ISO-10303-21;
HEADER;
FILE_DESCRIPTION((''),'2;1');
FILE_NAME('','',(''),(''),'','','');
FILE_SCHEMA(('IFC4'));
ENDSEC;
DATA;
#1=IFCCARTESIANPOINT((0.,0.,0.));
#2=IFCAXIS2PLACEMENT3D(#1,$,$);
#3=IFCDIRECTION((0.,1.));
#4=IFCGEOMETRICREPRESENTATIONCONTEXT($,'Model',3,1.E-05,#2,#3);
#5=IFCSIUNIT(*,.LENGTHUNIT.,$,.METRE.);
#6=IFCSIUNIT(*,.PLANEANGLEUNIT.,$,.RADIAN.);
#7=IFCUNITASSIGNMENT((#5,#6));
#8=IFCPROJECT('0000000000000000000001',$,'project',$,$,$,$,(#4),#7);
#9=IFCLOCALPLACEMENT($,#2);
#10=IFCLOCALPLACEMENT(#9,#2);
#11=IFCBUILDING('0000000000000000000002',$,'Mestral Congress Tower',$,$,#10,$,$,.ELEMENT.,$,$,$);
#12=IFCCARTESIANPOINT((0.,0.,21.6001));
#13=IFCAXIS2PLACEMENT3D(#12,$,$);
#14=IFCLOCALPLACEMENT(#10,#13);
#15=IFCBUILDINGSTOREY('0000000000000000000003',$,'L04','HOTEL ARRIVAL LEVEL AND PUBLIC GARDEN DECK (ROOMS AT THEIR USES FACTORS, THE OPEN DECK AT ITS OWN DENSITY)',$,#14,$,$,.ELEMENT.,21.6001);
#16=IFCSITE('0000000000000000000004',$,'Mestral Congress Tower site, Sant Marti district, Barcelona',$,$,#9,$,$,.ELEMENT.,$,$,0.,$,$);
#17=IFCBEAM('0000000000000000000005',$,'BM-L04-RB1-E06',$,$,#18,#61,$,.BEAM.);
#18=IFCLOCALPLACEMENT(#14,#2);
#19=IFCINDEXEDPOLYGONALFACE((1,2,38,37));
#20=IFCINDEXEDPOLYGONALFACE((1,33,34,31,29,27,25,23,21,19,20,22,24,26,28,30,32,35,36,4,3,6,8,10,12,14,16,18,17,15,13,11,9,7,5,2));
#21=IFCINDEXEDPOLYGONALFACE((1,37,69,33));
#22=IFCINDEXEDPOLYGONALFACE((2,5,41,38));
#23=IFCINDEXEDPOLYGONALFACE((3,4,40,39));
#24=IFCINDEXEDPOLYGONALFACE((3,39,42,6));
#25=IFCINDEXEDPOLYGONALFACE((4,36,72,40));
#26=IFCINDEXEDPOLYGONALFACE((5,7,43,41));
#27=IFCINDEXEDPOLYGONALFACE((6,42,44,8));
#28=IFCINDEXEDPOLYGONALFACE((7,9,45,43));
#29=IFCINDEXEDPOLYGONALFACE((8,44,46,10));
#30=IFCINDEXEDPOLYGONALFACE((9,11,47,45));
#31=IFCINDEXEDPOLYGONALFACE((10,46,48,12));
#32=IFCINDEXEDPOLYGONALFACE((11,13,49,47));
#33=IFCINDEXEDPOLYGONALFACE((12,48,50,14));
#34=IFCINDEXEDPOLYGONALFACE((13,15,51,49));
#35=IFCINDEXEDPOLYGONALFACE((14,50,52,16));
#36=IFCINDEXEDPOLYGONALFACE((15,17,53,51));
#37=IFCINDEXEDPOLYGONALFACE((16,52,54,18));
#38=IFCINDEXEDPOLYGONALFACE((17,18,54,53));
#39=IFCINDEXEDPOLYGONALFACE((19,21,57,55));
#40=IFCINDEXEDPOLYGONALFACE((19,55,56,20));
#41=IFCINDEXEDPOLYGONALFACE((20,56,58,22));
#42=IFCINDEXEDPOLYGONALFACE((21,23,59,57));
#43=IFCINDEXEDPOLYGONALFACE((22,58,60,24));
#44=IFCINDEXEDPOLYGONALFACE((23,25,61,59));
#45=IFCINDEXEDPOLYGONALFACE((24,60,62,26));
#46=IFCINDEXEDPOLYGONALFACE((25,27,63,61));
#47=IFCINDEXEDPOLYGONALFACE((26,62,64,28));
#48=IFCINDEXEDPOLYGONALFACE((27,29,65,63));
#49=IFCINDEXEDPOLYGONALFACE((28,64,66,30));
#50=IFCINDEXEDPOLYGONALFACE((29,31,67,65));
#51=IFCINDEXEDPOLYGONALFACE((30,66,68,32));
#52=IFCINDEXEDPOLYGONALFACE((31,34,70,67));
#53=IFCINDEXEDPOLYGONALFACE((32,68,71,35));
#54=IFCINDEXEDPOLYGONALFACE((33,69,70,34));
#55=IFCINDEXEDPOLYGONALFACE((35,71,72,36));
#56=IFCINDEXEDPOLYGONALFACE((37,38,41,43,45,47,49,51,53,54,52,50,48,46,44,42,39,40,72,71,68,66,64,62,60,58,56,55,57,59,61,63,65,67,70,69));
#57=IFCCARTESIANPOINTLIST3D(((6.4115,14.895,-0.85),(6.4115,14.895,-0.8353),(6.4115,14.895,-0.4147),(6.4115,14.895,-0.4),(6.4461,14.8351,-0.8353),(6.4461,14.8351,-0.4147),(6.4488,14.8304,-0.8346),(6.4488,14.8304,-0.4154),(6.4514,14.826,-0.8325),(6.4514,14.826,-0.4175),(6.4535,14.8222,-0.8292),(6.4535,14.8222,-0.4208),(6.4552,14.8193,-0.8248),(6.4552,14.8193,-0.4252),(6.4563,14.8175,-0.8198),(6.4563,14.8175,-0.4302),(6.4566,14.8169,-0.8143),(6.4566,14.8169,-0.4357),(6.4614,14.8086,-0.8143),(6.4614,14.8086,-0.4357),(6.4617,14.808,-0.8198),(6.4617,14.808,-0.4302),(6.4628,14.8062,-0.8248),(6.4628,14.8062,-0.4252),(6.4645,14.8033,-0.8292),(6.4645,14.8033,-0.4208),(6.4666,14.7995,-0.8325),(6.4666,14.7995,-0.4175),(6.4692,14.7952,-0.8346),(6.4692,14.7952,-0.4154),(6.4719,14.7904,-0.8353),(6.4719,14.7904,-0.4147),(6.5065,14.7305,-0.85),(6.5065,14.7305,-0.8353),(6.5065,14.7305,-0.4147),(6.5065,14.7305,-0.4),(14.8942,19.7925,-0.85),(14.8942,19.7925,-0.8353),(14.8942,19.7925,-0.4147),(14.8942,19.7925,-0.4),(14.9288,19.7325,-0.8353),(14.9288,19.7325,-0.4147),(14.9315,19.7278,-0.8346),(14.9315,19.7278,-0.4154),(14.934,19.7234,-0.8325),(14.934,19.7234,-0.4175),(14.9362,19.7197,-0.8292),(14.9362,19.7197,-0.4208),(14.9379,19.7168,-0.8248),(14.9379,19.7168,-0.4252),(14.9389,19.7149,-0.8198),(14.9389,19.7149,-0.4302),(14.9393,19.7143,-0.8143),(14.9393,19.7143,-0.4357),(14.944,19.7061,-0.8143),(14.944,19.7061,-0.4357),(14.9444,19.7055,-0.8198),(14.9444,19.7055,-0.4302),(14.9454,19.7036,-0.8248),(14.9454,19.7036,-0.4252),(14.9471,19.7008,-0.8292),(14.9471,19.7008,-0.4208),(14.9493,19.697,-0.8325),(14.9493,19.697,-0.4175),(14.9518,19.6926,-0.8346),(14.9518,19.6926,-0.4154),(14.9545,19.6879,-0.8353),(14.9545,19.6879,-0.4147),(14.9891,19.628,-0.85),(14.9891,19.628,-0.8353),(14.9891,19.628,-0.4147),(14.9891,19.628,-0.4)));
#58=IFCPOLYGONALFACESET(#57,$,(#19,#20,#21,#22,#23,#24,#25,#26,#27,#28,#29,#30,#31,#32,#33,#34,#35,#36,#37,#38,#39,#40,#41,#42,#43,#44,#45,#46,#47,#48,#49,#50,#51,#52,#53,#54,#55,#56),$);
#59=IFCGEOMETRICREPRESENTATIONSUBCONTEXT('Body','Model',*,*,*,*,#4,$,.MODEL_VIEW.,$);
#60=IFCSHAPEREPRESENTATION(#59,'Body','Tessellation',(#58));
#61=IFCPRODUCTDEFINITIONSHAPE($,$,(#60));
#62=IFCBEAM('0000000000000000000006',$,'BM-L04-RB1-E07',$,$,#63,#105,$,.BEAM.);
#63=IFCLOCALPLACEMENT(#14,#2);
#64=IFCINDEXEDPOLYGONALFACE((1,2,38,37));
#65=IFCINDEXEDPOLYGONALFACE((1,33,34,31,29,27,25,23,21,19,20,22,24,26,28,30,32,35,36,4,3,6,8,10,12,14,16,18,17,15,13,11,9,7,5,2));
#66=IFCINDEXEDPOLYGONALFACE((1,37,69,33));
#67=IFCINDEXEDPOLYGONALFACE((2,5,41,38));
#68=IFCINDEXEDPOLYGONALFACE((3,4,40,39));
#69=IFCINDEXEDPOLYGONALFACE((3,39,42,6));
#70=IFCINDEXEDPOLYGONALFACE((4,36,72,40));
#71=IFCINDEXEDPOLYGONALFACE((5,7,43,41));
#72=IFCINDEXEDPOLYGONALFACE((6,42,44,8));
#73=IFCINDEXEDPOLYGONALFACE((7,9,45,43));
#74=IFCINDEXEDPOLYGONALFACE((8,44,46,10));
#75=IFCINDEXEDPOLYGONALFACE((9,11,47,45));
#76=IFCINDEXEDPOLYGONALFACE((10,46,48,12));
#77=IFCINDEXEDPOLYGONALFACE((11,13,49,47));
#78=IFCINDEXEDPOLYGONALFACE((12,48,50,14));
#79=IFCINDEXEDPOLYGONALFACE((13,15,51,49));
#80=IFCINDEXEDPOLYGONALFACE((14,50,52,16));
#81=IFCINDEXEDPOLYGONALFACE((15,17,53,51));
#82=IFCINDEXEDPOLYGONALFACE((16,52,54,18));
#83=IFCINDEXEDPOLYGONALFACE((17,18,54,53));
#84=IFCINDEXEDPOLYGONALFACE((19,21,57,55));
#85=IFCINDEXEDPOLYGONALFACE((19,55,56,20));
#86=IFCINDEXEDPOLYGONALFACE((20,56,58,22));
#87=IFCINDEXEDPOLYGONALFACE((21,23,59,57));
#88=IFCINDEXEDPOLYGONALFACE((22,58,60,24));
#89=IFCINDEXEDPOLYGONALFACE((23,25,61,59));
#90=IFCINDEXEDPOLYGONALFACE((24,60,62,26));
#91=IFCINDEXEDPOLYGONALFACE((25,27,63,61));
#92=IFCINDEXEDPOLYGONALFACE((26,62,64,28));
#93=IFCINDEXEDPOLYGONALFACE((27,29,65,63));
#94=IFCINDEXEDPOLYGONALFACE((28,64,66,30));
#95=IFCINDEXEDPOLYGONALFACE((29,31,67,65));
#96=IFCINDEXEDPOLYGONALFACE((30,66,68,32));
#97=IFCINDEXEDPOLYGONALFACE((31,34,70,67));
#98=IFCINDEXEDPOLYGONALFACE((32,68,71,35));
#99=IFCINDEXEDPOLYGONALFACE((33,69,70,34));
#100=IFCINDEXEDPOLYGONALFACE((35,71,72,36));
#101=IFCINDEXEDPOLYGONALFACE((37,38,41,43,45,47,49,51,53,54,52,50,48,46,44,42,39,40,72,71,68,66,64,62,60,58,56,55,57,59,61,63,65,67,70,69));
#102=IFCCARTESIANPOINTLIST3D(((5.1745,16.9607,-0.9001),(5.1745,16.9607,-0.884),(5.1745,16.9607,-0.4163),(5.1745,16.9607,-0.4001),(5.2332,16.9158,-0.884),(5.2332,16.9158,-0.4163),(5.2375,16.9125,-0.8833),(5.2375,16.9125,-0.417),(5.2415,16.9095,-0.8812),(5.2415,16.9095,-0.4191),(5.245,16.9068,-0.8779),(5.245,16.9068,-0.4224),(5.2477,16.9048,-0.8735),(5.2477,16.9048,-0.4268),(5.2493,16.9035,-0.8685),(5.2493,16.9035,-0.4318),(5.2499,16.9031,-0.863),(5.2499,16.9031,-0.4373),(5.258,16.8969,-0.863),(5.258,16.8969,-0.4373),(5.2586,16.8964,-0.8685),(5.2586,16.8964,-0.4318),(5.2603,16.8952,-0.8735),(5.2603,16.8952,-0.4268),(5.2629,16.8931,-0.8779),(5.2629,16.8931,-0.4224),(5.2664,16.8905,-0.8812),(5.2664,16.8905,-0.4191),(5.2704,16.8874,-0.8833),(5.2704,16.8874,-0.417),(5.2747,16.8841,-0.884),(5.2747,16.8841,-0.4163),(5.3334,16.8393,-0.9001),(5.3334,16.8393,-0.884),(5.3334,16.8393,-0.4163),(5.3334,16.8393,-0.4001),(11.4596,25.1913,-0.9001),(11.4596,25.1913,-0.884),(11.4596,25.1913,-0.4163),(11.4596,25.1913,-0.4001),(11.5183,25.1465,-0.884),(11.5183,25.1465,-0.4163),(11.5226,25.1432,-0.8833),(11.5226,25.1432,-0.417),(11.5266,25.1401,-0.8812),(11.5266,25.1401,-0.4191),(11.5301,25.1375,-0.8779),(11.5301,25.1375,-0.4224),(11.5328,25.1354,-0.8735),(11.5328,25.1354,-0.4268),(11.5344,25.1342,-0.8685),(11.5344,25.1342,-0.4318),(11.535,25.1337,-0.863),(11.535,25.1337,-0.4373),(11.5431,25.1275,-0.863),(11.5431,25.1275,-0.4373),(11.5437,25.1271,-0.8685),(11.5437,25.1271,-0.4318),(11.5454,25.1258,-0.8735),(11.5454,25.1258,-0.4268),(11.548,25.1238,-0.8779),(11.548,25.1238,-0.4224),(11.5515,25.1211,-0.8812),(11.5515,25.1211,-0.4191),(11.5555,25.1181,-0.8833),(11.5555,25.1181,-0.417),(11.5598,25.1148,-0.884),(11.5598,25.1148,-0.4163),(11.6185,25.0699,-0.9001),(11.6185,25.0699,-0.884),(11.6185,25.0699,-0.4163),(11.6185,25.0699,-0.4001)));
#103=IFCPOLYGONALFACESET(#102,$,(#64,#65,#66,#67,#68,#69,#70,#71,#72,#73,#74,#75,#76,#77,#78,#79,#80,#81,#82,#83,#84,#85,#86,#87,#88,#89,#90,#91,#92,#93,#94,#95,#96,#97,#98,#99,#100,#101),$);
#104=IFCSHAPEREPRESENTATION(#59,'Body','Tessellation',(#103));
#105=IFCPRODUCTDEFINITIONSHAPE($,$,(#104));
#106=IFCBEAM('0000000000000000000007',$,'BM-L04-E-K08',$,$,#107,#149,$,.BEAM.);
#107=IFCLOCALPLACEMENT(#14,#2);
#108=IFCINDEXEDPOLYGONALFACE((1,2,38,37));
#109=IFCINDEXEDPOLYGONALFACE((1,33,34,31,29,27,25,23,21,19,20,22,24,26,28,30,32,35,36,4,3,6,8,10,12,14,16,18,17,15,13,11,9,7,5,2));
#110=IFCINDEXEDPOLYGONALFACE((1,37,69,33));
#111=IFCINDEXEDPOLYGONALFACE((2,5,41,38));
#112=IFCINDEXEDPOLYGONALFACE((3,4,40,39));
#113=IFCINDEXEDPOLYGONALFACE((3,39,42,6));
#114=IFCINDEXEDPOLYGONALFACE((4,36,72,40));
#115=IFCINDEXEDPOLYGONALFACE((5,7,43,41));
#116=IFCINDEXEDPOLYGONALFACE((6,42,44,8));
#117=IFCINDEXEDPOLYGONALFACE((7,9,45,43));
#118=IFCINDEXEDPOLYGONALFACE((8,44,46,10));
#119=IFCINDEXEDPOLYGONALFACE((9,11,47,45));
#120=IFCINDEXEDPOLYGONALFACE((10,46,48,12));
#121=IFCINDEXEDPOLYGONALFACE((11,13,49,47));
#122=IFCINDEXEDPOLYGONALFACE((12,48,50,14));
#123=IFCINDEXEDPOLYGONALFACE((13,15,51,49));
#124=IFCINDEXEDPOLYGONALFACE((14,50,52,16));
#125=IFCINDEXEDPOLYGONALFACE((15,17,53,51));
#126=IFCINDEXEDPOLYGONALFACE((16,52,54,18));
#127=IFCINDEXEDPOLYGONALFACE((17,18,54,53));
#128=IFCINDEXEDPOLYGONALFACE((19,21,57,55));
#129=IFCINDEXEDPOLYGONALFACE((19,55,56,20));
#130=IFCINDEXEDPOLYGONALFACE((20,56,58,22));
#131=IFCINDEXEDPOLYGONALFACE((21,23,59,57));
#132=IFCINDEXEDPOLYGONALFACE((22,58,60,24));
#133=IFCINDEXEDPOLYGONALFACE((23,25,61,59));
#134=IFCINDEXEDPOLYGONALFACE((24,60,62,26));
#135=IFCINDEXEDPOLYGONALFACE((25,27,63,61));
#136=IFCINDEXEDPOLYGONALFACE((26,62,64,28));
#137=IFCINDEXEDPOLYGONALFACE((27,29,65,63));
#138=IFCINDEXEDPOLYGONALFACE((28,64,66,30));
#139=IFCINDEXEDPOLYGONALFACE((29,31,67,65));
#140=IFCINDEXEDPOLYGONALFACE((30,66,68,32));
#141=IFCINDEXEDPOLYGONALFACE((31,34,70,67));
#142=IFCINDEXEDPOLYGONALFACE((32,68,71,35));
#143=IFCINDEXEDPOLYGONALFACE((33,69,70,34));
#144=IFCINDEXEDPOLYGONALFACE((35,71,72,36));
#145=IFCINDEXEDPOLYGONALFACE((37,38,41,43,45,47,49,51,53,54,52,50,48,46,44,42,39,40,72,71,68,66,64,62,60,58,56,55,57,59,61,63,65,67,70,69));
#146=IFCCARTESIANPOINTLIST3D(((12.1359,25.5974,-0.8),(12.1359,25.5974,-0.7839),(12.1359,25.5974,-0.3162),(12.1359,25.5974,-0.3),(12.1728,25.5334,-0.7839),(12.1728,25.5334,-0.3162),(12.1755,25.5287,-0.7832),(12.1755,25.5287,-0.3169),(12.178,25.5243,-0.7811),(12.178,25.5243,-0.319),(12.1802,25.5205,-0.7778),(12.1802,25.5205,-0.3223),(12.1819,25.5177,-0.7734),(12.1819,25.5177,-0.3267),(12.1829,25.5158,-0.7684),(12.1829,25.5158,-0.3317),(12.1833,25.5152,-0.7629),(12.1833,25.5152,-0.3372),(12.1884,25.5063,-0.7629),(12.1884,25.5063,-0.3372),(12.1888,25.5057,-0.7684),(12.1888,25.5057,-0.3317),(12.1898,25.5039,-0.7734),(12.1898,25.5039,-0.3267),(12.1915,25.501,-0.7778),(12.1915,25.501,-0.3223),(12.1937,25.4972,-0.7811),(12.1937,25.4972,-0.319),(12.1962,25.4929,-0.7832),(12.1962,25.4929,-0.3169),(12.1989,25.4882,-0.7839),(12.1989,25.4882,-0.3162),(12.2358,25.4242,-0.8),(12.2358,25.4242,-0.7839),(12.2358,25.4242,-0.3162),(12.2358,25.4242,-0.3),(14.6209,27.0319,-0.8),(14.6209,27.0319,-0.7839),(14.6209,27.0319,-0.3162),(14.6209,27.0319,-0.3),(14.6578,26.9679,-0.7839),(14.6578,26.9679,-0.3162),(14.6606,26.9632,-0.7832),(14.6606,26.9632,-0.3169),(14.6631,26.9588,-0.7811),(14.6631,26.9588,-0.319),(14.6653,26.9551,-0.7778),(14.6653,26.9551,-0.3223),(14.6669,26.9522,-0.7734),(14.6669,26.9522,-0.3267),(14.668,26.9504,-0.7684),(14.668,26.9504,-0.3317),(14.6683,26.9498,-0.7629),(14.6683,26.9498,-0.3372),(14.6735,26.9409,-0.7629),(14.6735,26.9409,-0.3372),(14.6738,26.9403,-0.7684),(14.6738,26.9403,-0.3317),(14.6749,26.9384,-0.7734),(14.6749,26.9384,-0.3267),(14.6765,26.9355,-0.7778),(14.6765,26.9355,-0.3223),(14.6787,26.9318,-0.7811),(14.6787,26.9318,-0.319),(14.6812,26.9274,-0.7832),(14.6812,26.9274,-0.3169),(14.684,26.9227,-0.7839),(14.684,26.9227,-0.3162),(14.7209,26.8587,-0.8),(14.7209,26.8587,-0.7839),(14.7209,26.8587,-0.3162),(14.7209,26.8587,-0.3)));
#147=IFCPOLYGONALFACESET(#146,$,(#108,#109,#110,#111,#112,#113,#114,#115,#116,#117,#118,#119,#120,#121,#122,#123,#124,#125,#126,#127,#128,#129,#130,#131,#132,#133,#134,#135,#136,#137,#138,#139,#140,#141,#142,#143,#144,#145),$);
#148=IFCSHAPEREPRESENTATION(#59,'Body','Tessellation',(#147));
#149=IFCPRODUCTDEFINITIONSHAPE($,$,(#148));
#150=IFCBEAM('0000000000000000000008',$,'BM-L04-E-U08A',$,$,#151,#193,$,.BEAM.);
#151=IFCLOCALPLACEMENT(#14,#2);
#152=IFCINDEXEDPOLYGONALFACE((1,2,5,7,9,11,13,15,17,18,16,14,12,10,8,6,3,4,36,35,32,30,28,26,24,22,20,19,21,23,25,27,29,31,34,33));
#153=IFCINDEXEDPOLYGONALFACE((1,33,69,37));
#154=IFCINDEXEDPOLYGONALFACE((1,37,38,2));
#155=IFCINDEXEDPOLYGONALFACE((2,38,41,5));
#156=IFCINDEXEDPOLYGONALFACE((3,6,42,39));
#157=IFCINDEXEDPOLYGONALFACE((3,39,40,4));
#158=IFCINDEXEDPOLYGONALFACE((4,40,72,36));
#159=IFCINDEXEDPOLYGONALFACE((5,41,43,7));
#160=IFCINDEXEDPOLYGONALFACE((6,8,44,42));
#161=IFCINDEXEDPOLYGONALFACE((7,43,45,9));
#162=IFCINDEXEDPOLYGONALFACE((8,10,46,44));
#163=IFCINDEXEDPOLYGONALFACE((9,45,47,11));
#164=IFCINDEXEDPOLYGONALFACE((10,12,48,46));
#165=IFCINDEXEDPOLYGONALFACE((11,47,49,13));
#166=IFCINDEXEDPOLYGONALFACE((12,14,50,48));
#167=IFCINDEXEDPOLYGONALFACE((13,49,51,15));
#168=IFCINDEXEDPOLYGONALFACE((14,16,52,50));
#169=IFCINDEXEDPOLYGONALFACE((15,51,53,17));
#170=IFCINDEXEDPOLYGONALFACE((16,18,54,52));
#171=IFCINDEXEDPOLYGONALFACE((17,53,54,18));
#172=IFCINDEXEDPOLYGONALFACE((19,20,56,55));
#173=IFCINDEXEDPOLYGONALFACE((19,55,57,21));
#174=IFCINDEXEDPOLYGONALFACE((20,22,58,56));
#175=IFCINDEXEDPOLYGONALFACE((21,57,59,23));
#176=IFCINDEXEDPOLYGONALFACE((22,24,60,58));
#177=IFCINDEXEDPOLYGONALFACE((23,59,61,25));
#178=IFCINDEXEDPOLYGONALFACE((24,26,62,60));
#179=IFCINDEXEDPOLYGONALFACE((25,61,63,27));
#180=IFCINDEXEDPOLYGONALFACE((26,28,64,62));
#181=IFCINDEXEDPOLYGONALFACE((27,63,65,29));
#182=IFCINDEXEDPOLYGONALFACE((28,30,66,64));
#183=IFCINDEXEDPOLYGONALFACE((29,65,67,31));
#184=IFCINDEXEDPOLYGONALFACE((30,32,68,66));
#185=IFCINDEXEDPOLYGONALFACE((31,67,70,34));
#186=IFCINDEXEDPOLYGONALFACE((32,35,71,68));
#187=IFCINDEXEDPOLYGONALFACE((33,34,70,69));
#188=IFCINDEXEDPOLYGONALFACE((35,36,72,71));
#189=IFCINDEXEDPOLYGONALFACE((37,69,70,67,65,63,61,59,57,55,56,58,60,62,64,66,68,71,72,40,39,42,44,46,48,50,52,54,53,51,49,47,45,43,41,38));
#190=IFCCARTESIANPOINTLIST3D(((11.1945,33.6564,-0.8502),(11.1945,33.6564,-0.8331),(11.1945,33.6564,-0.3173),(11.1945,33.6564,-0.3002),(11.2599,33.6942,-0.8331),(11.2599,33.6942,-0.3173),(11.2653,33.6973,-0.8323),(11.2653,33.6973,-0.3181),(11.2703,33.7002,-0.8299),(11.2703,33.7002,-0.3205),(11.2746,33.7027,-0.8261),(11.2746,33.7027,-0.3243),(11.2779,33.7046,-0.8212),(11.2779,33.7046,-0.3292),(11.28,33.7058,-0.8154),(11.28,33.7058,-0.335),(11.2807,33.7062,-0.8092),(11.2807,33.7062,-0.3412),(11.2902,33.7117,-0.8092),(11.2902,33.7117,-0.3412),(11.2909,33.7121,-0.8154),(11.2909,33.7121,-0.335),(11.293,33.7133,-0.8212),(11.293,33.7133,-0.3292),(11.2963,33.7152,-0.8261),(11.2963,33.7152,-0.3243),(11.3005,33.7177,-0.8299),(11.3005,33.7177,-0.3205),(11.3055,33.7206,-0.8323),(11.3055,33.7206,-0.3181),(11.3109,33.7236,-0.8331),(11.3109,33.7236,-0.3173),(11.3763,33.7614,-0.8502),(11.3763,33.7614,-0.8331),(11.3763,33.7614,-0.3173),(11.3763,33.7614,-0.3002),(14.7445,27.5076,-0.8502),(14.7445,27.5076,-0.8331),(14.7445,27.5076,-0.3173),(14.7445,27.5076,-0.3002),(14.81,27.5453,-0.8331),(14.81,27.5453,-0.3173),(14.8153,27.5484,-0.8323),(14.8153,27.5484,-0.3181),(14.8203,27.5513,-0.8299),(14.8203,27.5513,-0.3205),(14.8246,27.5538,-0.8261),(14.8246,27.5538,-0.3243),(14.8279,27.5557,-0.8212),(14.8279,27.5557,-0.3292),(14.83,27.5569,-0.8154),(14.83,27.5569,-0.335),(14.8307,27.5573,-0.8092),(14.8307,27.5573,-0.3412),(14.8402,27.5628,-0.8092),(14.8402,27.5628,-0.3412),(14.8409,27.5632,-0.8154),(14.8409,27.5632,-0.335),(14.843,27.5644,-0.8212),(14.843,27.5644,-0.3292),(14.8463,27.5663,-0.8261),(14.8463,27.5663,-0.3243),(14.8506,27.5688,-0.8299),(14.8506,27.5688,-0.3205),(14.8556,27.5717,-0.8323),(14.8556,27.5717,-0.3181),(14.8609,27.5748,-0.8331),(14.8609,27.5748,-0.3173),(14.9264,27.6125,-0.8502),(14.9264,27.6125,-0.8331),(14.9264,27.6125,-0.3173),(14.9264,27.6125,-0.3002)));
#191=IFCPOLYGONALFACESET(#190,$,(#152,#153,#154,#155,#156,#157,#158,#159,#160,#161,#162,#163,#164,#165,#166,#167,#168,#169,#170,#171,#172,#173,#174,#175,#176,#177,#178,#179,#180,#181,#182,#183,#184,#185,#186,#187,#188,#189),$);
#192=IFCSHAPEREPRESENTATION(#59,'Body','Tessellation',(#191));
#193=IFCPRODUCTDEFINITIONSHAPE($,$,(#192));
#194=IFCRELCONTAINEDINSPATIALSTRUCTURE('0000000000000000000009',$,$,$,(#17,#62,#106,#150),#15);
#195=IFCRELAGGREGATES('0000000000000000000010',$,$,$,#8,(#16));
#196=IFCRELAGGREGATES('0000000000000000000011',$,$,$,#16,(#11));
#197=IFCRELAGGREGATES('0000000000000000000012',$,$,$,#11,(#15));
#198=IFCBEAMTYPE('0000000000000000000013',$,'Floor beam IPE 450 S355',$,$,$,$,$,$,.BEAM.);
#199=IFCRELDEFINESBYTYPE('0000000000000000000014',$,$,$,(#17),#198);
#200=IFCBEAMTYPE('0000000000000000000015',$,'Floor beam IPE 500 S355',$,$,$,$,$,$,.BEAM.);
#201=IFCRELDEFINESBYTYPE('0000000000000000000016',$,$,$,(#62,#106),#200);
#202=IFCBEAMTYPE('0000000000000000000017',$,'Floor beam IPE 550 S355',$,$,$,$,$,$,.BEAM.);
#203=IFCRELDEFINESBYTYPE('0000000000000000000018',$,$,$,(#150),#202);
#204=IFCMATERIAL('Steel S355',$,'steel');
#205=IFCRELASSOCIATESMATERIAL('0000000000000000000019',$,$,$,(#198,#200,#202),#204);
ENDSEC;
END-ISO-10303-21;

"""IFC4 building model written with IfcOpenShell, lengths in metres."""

from ifc_helpers import new_model, si_unit, direction, frame, origin, origin_2d, place, context, subcontext, project, spatial, i_section, extrude, material, material_profile, profile_set, type_object, element, save


model = new_model("IFC4")

# Units and contexts
model_context = context("Model", 3, precision=1e-05, world=origin(), true_north=direction((0.0, 1.0)))
body_context = subcontext(model_context, "Body", "Model", "MODEL_VIEW")
ifc_project = project(units=[si_unit("LENGTHUNIT", "METRE"), si_unit("PLANEANGLEUNIT", "RADIAN")], contexts=[model_context])

# Site, building, storey
site_placement = place(None, origin())
site = spatial("IfcSite", under=ifc_project, at=site_placement, Name="Mestral Congress Tower site, Sant Marti district, Barcelona", CompositionType="ELEMENT", RefElevation=0.0)
building_placement = place(site_placement, origin())
building = spatial("IfcBuilding", under=site, at=building_placement, Name="Mestral Congress Tower", CompositionType="ELEMENT")
storey_placement = place(building_placement, frame((0.0, 0.0, 21.6001)))
storey = spatial("IfcBuildingStorey", under=building, at=storey_placement, Name="L04", Description="HOTEL ARRIVAL LEVEL AND PUBLIC GARDEN DECK (ROOMS AT THEIR USES FACTORS, THE OPEN DECK AT ITS OWN DENSITY)", CompositionType="ELEMENT", Elevation=21.6001)

# Beams
ifc_material_1 = material(Name="Steel S355", Category="steel")
ifc_material_profile_1 = material_profile(ifc_material_1, i_section(OverallWidth=0.1899, OverallDepth=0.45, WebThickness=0.0095, FlangeThickness=0.0146, FilletRadius=0.021, at=origin_2d()), Name="IPE 450")
ifc_profile_set_1 = profile_set([ifc_material_profile_1], Name="Steel S355")
beam_type_1 = type_object("IfcBeamType", Name="Floor beam IPE 450 S355", PredefinedType="BEAM", material=ifc_profile_set_1)
beam_1_placement = place(storey_placement, frame((14.9417, 19.7102, -0.625), z_axis=(-0.866026, -0.499999, 0.0), x_axis=(0.499999, -0.866026, 0.0)))
element("IfcBeam", 1, at=beam_1_placement, inside=storey, type_object=beam_type_1, Name="BM-L04-RB1-E06", PredefinedType="BEAM", context=body_context, shape_type="SweptSolid", body=[
    extrude(i_section(OverallWidth=0.1899, OverallDepth=0.45, WebThickness=0.0095, FlangeThickness=0.0146, FilletRadius=0.021, at=origin_2d()), origin(), (0.0, 0.0, 1.0), 9.7949),
])
ifc_material_profile_2 = material_profile(ifc_material_1, i_section(OverallWidth=0.2, OverallDepth=0.5, WebThickness=0.0103, FlangeThickness=0.0161, FilletRadius=0.021, at=origin_2d()), Name="IPE 500")
ifc_profile_set_2 = profile_set([ifc_material_profile_2], Name="Steel S355")
beam_type_2 = type_object("IfcBeamType", Name="Floor beam IPE 500 S355", PredefinedType="BEAM", material=ifc_profile_set_2)
beam_2_placement = place(storey_placement, frame((11.5391, 25.1306, -0.6501), z_axis=(-0.606907, -0.794773, 0.0), x_axis=(0.794773, -0.606907, 0.0)))
element("IfcBeam", 2, at=beam_2_placement, inside=storey, type_object=beam_type_2, Name="BM-L04-RB1-E07", PredefinedType="BEAM", context=body_context, shape_type="SweptSolid", body=[
    extrude(i_section(OverallWidth=0.2, OverallDepth=0.5, WebThickness=0.0103, FlangeThickness=0.0161, FilletRadius=0.021, at=origin_2d()), origin(), (0.0, 0.0, 1.0), 10.356),
])
beam_3_placement = place(storey_placement, frame((14.6709, 26.9453, -0.55), z_axis=(-0.866057, -0.499946, 0.0), x_axis=(0.499946, -0.866057, 0.0)))
element("IfcBeam", 3, at=beam_3_placement, inside=storey, type_object=beam_type_2, Name="BM-L04-E-K08", PredefinedType="BEAM", context=body_context, shape_type="SweptSolid", body=[
    extrude(i_section(OverallWidth=0.2, OverallDepth=0.5, WebThickness=0.0103, FlangeThickness=0.0161, FilletRadius=0.021, at=origin_2d()), origin(), (0.0, 0.0, 1.0), 2.8694),
])
ifc_material_profile_3 = material_profile(ifc_material_1, i_section(OverallWidth=0.21, OverallDepth=0.55, WebThickness=0.011, FlangeThickness=0.0171, FilletRadius=0.0239, at=origin_2d()), Name="IPE 550")
ifc_profile_set_3 = profile_set([ifc_material_profile_3], Name="Steel S355")
beam_type_3 = type_object("IfcBeamType", Name="Floor beam IPE 550 S355", PredefinedType="BEAM", material=ifc_profile_set_3)
beam_4_placement = place(storey_placement, frame((14.8354, 27.5601, -0.5752), z_axis=(-0.499996, 0.866028, 0.0), x_axis=(-0.866028, -0.499996, 0.0)))
element("IfcBeam", 4, at=beam_4_placement, inside=storey, type_object=beam_type_3, Name="BM-L04-E-U08A", PredefinedType="BEAM", context=body_context, shape_type="SweptSolid", body=[
    extrude(i_section(OverallWidth=0.21, OverallDepth=0.55, WebThickness=0.011, FlangeThickness=0.0171, FilletRadius=0.0239, at=origin_2d()), origin(), (0.0, 0.0, 1.0), 7.1001),
])

save(model, "model.ifc")
